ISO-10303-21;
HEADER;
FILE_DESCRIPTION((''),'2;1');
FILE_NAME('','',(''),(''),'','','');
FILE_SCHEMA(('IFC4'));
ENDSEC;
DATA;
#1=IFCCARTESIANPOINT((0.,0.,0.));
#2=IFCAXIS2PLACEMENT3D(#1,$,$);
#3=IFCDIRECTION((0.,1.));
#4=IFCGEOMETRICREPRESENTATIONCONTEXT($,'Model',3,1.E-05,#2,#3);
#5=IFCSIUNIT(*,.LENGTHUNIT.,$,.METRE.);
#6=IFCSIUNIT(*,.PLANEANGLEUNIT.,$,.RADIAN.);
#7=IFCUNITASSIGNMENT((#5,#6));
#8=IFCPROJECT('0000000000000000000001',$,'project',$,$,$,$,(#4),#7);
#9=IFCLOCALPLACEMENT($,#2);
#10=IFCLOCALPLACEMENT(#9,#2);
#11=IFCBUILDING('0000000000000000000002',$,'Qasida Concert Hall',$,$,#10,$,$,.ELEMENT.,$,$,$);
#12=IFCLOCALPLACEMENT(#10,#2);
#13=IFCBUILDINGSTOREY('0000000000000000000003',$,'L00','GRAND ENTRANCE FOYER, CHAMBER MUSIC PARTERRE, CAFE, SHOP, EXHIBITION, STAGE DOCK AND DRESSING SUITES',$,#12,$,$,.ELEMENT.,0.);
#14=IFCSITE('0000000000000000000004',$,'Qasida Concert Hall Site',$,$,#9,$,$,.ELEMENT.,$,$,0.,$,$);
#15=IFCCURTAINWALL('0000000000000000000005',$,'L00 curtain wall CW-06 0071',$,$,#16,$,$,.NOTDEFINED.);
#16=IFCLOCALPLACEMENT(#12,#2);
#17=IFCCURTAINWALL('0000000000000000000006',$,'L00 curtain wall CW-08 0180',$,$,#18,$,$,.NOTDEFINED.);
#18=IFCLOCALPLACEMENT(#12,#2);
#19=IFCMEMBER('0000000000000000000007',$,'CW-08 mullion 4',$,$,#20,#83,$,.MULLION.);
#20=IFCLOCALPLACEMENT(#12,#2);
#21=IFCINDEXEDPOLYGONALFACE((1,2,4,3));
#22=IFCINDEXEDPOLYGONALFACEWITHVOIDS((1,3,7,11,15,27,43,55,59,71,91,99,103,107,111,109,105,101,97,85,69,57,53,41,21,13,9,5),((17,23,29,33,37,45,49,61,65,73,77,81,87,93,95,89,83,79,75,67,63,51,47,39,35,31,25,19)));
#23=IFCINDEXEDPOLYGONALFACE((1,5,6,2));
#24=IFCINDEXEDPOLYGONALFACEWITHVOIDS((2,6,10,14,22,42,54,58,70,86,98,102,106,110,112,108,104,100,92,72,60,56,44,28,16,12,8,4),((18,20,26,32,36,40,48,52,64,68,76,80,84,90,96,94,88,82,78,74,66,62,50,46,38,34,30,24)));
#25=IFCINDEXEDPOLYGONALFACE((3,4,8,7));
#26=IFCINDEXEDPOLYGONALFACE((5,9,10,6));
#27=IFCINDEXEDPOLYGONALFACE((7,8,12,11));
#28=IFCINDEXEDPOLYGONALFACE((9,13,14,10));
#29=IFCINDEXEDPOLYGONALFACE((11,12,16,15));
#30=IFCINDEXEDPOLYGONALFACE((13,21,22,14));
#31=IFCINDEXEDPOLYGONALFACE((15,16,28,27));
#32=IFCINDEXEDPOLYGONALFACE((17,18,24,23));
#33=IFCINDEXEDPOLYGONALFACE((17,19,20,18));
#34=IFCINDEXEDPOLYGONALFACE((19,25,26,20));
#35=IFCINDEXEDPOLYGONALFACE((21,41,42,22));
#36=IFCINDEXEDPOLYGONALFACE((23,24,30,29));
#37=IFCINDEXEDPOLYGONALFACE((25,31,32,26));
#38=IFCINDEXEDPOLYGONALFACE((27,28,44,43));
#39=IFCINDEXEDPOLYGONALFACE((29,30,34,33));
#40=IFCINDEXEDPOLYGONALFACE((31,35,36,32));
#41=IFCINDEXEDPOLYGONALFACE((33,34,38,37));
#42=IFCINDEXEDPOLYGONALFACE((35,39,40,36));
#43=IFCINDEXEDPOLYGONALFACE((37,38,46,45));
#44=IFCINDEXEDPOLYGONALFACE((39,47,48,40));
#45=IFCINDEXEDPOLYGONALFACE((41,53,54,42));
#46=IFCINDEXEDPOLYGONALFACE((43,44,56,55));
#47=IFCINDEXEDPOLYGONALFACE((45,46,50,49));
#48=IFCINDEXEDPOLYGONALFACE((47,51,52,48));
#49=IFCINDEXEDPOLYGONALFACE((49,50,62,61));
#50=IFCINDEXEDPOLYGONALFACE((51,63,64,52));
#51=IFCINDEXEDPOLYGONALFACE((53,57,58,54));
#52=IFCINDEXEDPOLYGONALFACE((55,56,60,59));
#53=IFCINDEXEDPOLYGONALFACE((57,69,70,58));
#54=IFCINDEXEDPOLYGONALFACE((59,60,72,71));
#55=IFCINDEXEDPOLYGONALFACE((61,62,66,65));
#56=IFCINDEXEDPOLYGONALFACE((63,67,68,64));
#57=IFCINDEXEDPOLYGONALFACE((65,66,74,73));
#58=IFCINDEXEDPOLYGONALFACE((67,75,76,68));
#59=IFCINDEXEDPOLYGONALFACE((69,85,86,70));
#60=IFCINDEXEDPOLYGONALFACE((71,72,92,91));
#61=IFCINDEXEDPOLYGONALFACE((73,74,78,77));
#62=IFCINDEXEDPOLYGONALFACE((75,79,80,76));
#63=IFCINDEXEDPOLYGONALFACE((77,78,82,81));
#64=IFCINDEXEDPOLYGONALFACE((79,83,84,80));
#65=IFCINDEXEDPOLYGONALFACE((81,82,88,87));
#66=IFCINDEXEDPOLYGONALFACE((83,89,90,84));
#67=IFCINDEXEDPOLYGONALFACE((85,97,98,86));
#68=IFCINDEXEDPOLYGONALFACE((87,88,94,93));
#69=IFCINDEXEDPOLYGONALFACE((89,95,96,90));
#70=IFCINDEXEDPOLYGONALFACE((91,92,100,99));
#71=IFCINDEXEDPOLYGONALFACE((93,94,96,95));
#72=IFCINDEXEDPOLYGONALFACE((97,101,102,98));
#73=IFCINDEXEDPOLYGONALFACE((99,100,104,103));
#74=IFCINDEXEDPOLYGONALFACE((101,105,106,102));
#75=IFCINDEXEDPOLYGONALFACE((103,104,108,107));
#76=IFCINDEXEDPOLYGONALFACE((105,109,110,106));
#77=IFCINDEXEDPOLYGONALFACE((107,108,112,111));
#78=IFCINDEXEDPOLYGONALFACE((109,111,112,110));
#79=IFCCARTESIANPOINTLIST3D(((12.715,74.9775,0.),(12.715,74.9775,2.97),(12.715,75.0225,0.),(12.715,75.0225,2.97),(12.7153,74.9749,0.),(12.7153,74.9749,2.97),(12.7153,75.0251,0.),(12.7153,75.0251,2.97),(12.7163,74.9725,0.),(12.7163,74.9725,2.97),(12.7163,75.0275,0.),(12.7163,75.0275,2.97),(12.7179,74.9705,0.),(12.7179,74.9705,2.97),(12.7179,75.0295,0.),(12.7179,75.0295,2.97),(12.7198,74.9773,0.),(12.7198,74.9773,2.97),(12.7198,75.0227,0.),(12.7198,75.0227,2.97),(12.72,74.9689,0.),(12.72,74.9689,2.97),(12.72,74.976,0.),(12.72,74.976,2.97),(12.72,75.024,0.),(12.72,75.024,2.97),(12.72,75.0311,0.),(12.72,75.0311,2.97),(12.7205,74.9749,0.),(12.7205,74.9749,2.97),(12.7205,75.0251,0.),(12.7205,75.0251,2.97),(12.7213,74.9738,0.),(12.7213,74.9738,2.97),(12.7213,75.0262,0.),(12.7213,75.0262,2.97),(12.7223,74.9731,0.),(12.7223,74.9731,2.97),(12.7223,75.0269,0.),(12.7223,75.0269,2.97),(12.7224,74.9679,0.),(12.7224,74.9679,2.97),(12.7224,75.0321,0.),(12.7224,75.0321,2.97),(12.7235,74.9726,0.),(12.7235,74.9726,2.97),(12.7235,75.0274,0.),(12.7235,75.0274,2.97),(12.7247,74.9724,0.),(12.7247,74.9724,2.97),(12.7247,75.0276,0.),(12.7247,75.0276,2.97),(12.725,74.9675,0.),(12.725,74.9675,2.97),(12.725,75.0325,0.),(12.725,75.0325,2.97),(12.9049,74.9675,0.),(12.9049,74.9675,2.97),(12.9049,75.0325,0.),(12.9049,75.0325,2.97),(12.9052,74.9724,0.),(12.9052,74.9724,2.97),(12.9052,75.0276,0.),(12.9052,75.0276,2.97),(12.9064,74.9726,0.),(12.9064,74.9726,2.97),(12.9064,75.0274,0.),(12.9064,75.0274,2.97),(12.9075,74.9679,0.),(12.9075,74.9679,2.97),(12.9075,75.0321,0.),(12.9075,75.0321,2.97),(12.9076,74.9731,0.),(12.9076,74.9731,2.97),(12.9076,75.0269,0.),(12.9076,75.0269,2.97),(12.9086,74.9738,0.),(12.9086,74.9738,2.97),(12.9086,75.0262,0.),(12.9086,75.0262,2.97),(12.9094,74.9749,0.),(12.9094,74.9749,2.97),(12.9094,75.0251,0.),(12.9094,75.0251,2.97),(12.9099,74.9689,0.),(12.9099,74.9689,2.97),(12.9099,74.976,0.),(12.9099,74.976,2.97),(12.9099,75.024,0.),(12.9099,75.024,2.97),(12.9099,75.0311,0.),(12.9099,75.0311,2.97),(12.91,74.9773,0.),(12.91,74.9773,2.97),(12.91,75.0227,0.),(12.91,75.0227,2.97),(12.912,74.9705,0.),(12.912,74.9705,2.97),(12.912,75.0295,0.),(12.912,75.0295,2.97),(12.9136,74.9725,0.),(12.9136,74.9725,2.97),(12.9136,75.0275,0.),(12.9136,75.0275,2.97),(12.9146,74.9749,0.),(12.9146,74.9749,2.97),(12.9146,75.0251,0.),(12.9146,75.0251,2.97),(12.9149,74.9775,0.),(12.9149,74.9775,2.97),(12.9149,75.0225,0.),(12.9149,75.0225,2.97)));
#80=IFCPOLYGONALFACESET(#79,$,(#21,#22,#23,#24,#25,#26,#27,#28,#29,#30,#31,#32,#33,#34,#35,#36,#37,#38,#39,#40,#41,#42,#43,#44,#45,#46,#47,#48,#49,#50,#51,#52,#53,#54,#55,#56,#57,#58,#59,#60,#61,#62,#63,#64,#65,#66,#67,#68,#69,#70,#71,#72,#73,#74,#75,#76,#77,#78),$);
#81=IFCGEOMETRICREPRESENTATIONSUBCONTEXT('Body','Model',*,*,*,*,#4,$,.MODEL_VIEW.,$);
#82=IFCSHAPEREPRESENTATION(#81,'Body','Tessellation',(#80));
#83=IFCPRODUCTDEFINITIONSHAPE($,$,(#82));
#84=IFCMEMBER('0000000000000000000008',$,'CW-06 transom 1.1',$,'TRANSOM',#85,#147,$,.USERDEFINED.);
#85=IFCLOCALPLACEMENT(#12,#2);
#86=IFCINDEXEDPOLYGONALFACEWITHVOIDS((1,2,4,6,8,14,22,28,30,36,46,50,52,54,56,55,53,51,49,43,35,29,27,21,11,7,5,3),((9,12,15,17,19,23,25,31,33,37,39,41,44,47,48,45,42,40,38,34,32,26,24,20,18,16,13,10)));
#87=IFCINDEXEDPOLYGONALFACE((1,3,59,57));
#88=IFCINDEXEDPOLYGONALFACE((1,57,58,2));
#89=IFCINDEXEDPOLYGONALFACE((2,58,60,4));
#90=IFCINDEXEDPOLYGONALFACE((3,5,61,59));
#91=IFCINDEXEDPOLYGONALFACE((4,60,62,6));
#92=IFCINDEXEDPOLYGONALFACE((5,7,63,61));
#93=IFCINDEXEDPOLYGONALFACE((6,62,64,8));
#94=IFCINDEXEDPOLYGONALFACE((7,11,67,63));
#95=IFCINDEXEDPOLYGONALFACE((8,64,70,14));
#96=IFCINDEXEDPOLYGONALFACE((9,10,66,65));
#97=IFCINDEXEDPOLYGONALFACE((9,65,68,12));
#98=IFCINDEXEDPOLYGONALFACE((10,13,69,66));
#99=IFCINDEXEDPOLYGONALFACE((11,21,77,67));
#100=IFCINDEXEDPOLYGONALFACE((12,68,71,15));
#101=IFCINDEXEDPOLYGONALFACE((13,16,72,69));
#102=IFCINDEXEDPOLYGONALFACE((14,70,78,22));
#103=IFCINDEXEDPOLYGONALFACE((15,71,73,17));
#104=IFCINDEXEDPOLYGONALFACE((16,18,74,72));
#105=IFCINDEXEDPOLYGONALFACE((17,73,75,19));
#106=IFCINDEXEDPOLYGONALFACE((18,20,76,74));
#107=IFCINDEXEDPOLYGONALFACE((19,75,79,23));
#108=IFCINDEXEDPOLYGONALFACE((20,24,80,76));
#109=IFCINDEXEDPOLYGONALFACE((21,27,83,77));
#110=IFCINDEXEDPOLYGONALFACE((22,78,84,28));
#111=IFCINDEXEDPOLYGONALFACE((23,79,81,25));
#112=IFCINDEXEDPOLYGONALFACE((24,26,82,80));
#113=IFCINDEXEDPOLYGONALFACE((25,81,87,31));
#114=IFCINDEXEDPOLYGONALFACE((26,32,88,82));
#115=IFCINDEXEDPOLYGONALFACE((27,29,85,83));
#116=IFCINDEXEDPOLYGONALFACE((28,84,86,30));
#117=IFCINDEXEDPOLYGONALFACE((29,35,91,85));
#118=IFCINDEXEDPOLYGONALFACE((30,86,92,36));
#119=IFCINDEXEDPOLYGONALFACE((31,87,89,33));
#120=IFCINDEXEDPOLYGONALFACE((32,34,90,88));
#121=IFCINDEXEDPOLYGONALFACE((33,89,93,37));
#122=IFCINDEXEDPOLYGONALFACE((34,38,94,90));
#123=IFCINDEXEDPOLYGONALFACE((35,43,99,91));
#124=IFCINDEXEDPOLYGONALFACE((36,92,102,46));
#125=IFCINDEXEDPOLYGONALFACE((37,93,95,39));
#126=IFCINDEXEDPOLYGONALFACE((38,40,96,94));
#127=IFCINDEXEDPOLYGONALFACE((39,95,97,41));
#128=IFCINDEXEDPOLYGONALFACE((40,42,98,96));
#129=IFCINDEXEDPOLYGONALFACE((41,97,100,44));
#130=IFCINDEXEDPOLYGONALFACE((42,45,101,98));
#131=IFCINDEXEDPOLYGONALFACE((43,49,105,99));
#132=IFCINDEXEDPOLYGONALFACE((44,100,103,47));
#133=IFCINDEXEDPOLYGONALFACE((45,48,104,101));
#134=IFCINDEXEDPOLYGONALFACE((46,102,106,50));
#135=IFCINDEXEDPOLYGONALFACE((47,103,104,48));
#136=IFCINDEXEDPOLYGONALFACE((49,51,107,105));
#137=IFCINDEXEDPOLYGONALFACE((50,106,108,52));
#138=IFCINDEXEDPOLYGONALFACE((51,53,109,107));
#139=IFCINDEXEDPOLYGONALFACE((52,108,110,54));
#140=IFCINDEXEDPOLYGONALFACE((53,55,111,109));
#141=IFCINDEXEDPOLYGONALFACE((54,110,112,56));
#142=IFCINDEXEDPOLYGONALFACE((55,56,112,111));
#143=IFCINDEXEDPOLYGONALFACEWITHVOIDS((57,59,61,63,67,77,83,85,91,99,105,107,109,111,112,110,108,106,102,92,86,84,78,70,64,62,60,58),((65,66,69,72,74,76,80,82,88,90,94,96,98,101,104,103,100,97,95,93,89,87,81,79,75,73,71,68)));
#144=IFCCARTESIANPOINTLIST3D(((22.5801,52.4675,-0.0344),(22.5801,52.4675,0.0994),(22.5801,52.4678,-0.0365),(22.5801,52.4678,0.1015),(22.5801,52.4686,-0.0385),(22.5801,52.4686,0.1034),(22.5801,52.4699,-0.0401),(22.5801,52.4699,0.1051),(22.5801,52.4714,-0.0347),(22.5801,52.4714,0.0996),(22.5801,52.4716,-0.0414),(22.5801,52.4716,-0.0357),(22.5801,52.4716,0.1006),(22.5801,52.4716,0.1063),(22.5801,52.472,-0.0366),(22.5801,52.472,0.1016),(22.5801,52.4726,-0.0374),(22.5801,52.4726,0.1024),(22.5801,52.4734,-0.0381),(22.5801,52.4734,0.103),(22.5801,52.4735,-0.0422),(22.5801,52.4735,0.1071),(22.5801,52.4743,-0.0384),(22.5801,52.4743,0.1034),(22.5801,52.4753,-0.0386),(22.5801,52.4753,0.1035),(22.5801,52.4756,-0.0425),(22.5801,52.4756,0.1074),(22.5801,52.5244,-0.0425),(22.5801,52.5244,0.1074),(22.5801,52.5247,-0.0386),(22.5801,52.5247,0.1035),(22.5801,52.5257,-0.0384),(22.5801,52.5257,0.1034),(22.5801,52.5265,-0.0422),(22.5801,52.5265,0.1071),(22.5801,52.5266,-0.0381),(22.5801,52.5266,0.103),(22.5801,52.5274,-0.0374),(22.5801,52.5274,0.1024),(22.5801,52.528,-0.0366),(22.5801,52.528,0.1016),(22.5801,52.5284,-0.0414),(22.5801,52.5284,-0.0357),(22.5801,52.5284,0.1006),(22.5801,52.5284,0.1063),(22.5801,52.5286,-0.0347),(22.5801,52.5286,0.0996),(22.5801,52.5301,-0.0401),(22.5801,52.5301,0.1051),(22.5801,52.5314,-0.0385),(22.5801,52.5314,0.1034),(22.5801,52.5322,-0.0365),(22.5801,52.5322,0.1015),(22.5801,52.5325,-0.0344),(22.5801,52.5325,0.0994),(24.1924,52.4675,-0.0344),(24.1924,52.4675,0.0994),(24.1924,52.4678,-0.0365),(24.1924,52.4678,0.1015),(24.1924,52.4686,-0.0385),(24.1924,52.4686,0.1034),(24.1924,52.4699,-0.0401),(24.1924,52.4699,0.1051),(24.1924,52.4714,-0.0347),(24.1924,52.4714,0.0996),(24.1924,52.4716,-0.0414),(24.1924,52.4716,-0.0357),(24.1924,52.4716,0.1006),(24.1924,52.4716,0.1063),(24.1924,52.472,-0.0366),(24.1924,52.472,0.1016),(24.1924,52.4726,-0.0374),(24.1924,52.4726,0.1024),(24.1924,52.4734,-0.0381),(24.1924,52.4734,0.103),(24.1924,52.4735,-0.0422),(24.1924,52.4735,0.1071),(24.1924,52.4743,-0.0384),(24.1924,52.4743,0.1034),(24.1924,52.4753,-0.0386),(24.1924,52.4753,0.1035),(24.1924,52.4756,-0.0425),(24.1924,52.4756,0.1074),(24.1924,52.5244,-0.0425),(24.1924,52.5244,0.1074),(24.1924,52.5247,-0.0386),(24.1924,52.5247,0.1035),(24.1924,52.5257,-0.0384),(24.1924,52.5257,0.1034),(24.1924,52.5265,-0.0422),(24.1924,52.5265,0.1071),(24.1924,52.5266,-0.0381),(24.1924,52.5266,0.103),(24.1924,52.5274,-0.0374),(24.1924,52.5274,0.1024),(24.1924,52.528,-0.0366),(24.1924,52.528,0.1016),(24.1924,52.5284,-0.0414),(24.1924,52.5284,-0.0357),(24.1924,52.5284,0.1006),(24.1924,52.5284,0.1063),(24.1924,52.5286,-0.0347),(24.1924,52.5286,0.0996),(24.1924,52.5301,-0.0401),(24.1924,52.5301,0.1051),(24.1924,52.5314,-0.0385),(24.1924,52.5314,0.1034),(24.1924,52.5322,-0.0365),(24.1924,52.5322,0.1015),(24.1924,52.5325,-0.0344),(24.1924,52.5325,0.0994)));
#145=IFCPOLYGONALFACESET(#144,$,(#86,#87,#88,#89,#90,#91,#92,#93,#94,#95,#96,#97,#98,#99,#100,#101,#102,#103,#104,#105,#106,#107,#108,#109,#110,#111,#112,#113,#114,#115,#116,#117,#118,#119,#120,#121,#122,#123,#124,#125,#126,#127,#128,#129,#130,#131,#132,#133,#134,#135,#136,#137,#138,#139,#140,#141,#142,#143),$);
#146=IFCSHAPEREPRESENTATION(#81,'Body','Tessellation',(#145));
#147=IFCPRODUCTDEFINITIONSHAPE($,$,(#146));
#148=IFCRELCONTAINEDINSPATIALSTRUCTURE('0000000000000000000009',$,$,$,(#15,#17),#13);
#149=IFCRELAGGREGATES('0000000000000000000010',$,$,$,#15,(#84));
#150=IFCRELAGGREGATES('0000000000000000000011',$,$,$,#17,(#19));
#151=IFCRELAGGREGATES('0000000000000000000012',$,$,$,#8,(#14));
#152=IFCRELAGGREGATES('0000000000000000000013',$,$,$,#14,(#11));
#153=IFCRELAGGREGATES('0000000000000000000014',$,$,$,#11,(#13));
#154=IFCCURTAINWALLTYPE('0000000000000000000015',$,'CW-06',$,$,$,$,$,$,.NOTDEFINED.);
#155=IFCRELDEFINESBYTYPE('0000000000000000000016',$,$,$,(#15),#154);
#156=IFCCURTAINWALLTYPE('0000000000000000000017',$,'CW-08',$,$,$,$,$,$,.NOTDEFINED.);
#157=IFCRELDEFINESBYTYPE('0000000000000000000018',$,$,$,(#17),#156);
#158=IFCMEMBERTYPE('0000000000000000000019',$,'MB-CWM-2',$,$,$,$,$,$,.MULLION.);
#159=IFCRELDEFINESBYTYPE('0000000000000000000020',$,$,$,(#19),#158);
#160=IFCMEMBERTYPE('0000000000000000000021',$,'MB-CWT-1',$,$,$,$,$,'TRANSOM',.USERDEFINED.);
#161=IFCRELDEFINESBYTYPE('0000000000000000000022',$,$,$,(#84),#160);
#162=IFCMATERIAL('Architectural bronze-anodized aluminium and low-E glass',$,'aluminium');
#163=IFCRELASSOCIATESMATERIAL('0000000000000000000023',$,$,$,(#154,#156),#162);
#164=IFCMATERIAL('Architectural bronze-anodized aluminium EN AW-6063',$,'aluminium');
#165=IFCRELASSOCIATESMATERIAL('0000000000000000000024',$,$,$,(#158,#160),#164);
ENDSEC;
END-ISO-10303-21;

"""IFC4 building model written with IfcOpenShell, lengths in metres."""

from ifc_helpers import new_model, si_unit, direction, frame, origin, origin_2d, place, context, subcontext, project, spatial, hollow_rectangle, extrude, material, material_profile, profile_set, type_object, element, aggregate, save


model = new_model("IFC4")

# Units and contexts
model_context = context("Model", 3, precision=1e-05, world=origin(), true_north=direction((0.0, 1.0)))
body_context = subcontext(model_context, "Body", "Model", "MODEL_VIEW")
ifc_project = project(units=[si_unit("LENGTHUNIT", "METRE"), si_unit("PLANEANGLEUNIT", "RADIAN")], contexts=[model_context])

# Site, building, storey
site_placement = place(None, origin())
site = spatial("IfcSite", under=ifc_project, at=site_placement, Name="Qasida Concert Hall Site", CompositionType="ELEMENT", RefElevation=0.0)
building_placement = place(site_placement, origin())
building = spatial("IfcBuilding", under=site, at=building_placement, Name="Qasida Concert Hall", CompositionType="ELEMENT")
storey_placement = place(building_placement, origin())
storey = spatial("IfcBuildingStorey", under=building, at=storey_placement, Name="L00", Description="GRAND ENTRANCE FOYER, CHAMBER MUSIC PARTERRE, CAFE, SHOP, EXHIBITION, STAGE DOCK AND DRESSING SUITES", CompositionType="ELEMENT", Elevation=0.0)

# Curtain wall
ifc_material_1 = material(Name="Architectural bronze-anodized aluminium and low-E glass", Category="aluminium")
curtain_wall_type_1 = type_object("IfcCurtainWallType", Name="CW-06", PredefinedType="NOTDEFINED", material=ifc_material_1)
curtain_wall_1_placement = place(storey_placement, origin())
curtain_wall_1 = element("IfcCurtainWall", 1, at=curtain_wall_1_placement, inside=storey, type_object=curtain_wall_type_1, Name="L00 curtain wall CW-06 0071", PredefinedType="NOTDEFINED")
ifc_material_2 = material(Name="Architectural bronze-anodized aluminium EN AW-6063", Category="aluminium")

# Curtain wall, member
curtain_wall_type_2 = type_object("IfcCurtainWallType", Name="CW-08", PredefinedType="NOTDEFINED", material=ifc_material_1)
curtain_wall_2_placement = place(storey_placement, origin())
curtain_wall_2 = element("IfcCurtainWall", 2, at=curtain_wall_2_placement, inside=storey, type_object=curtain_wall_type_2, Name="L00 curtain wall CW-08 0180", PredefinedType="NOTDEFINED")
ifc_material_profile_1 = material_profile(ifc_material_2, hollow_rectangle(XDim=0.0649, YDim=0.2, WallThickness=0.0049, InnerFilletRadius=0.0049, OuterFilletRadius=0.01, at=origin_2d()), Name="CWM 200x65x5")
ifc_profile_set_1 = profile_set([ifc_material_profile_1], Name="Architectural bronze-anodized aluminium EN AW-6063")
member_type_1 = type_object("IfcMemberType", Name="MB-CWM-2", PredefinedType="MULLION", material=ifc_profile_set_1)
member_1_placement = place(storey_placement, frame((12.8149, 75.0, 0.0), z_axis=(0.0, 0.0, 1.0), x_axis=(0.0, 1.0, 0.0)))
member_1 = element("IfcMember", 3, at=member_1_placement, type_object=member_type_1, Name="CW-08 mullion 4", PredefinedType="MULLION", context=body_context, shape_type="SweptSolid", body=[
    extrude(hollow_rectangle(XDim=0.0649, YDim=0.2, WallThickness=0.0049, InnerFilletRadius=0.0049, OuterFilletRadius=0.01, at=origin_2d()), origin(), (0.0, 0.0, 1.0), 2.97),
])

# Member
ifc_material_profile_2 = material_profile(ifc_material_2, hollow_rectangle(XDim=0.0649, YDim=0.1499, WallThickness=0.0039, InnerFilletRadius=0.0039, OuterFilletRadius=0.0081, at=origin_2d()), Name="CWT 150x65x4")
ifc_profile_set_2 = profile_set([ifc_material_profile_2], Name="Architectural bronze-anodized aluminium EN AW-6063")
member_type_2 = type_object("IfcMemberType", Name="MB-CWT-1", ElementType="TRANSOM", PredefinedType="USERDEFINED", material=ifc_profile_set_2)
member_2_placement = place(storey_placement, frame((22.5801, 52.5, 0.0325), z_axis=(1.0, 0.0, 0.0), x_axis=(0.0, 1.0, 0.0)))
member_2 = element("IfcMember", 4, at=member_2_placement, type_object=member_type_2, Name="CW-06 transom 1.1", ObjectType="TRANSOM", PredefinedType="USERDEFINED", context=body_context, shape_type="SweptSolid", body=[
    extrude(hollow_rectangle(XDim=0.0649, YDim=0.1499, WallThickness=0.0039, InnerFilletRadius=0.0039, OuterFilletRadius=0.0081, at=origin_2d()), origin(), (0.0, 0.0, 1.0), 1.6123),
])

aggregate(curtain_wall_1, [member_2])
aggregate(curtain_wall_2, [member_1])

save(model, "model.ifc")
